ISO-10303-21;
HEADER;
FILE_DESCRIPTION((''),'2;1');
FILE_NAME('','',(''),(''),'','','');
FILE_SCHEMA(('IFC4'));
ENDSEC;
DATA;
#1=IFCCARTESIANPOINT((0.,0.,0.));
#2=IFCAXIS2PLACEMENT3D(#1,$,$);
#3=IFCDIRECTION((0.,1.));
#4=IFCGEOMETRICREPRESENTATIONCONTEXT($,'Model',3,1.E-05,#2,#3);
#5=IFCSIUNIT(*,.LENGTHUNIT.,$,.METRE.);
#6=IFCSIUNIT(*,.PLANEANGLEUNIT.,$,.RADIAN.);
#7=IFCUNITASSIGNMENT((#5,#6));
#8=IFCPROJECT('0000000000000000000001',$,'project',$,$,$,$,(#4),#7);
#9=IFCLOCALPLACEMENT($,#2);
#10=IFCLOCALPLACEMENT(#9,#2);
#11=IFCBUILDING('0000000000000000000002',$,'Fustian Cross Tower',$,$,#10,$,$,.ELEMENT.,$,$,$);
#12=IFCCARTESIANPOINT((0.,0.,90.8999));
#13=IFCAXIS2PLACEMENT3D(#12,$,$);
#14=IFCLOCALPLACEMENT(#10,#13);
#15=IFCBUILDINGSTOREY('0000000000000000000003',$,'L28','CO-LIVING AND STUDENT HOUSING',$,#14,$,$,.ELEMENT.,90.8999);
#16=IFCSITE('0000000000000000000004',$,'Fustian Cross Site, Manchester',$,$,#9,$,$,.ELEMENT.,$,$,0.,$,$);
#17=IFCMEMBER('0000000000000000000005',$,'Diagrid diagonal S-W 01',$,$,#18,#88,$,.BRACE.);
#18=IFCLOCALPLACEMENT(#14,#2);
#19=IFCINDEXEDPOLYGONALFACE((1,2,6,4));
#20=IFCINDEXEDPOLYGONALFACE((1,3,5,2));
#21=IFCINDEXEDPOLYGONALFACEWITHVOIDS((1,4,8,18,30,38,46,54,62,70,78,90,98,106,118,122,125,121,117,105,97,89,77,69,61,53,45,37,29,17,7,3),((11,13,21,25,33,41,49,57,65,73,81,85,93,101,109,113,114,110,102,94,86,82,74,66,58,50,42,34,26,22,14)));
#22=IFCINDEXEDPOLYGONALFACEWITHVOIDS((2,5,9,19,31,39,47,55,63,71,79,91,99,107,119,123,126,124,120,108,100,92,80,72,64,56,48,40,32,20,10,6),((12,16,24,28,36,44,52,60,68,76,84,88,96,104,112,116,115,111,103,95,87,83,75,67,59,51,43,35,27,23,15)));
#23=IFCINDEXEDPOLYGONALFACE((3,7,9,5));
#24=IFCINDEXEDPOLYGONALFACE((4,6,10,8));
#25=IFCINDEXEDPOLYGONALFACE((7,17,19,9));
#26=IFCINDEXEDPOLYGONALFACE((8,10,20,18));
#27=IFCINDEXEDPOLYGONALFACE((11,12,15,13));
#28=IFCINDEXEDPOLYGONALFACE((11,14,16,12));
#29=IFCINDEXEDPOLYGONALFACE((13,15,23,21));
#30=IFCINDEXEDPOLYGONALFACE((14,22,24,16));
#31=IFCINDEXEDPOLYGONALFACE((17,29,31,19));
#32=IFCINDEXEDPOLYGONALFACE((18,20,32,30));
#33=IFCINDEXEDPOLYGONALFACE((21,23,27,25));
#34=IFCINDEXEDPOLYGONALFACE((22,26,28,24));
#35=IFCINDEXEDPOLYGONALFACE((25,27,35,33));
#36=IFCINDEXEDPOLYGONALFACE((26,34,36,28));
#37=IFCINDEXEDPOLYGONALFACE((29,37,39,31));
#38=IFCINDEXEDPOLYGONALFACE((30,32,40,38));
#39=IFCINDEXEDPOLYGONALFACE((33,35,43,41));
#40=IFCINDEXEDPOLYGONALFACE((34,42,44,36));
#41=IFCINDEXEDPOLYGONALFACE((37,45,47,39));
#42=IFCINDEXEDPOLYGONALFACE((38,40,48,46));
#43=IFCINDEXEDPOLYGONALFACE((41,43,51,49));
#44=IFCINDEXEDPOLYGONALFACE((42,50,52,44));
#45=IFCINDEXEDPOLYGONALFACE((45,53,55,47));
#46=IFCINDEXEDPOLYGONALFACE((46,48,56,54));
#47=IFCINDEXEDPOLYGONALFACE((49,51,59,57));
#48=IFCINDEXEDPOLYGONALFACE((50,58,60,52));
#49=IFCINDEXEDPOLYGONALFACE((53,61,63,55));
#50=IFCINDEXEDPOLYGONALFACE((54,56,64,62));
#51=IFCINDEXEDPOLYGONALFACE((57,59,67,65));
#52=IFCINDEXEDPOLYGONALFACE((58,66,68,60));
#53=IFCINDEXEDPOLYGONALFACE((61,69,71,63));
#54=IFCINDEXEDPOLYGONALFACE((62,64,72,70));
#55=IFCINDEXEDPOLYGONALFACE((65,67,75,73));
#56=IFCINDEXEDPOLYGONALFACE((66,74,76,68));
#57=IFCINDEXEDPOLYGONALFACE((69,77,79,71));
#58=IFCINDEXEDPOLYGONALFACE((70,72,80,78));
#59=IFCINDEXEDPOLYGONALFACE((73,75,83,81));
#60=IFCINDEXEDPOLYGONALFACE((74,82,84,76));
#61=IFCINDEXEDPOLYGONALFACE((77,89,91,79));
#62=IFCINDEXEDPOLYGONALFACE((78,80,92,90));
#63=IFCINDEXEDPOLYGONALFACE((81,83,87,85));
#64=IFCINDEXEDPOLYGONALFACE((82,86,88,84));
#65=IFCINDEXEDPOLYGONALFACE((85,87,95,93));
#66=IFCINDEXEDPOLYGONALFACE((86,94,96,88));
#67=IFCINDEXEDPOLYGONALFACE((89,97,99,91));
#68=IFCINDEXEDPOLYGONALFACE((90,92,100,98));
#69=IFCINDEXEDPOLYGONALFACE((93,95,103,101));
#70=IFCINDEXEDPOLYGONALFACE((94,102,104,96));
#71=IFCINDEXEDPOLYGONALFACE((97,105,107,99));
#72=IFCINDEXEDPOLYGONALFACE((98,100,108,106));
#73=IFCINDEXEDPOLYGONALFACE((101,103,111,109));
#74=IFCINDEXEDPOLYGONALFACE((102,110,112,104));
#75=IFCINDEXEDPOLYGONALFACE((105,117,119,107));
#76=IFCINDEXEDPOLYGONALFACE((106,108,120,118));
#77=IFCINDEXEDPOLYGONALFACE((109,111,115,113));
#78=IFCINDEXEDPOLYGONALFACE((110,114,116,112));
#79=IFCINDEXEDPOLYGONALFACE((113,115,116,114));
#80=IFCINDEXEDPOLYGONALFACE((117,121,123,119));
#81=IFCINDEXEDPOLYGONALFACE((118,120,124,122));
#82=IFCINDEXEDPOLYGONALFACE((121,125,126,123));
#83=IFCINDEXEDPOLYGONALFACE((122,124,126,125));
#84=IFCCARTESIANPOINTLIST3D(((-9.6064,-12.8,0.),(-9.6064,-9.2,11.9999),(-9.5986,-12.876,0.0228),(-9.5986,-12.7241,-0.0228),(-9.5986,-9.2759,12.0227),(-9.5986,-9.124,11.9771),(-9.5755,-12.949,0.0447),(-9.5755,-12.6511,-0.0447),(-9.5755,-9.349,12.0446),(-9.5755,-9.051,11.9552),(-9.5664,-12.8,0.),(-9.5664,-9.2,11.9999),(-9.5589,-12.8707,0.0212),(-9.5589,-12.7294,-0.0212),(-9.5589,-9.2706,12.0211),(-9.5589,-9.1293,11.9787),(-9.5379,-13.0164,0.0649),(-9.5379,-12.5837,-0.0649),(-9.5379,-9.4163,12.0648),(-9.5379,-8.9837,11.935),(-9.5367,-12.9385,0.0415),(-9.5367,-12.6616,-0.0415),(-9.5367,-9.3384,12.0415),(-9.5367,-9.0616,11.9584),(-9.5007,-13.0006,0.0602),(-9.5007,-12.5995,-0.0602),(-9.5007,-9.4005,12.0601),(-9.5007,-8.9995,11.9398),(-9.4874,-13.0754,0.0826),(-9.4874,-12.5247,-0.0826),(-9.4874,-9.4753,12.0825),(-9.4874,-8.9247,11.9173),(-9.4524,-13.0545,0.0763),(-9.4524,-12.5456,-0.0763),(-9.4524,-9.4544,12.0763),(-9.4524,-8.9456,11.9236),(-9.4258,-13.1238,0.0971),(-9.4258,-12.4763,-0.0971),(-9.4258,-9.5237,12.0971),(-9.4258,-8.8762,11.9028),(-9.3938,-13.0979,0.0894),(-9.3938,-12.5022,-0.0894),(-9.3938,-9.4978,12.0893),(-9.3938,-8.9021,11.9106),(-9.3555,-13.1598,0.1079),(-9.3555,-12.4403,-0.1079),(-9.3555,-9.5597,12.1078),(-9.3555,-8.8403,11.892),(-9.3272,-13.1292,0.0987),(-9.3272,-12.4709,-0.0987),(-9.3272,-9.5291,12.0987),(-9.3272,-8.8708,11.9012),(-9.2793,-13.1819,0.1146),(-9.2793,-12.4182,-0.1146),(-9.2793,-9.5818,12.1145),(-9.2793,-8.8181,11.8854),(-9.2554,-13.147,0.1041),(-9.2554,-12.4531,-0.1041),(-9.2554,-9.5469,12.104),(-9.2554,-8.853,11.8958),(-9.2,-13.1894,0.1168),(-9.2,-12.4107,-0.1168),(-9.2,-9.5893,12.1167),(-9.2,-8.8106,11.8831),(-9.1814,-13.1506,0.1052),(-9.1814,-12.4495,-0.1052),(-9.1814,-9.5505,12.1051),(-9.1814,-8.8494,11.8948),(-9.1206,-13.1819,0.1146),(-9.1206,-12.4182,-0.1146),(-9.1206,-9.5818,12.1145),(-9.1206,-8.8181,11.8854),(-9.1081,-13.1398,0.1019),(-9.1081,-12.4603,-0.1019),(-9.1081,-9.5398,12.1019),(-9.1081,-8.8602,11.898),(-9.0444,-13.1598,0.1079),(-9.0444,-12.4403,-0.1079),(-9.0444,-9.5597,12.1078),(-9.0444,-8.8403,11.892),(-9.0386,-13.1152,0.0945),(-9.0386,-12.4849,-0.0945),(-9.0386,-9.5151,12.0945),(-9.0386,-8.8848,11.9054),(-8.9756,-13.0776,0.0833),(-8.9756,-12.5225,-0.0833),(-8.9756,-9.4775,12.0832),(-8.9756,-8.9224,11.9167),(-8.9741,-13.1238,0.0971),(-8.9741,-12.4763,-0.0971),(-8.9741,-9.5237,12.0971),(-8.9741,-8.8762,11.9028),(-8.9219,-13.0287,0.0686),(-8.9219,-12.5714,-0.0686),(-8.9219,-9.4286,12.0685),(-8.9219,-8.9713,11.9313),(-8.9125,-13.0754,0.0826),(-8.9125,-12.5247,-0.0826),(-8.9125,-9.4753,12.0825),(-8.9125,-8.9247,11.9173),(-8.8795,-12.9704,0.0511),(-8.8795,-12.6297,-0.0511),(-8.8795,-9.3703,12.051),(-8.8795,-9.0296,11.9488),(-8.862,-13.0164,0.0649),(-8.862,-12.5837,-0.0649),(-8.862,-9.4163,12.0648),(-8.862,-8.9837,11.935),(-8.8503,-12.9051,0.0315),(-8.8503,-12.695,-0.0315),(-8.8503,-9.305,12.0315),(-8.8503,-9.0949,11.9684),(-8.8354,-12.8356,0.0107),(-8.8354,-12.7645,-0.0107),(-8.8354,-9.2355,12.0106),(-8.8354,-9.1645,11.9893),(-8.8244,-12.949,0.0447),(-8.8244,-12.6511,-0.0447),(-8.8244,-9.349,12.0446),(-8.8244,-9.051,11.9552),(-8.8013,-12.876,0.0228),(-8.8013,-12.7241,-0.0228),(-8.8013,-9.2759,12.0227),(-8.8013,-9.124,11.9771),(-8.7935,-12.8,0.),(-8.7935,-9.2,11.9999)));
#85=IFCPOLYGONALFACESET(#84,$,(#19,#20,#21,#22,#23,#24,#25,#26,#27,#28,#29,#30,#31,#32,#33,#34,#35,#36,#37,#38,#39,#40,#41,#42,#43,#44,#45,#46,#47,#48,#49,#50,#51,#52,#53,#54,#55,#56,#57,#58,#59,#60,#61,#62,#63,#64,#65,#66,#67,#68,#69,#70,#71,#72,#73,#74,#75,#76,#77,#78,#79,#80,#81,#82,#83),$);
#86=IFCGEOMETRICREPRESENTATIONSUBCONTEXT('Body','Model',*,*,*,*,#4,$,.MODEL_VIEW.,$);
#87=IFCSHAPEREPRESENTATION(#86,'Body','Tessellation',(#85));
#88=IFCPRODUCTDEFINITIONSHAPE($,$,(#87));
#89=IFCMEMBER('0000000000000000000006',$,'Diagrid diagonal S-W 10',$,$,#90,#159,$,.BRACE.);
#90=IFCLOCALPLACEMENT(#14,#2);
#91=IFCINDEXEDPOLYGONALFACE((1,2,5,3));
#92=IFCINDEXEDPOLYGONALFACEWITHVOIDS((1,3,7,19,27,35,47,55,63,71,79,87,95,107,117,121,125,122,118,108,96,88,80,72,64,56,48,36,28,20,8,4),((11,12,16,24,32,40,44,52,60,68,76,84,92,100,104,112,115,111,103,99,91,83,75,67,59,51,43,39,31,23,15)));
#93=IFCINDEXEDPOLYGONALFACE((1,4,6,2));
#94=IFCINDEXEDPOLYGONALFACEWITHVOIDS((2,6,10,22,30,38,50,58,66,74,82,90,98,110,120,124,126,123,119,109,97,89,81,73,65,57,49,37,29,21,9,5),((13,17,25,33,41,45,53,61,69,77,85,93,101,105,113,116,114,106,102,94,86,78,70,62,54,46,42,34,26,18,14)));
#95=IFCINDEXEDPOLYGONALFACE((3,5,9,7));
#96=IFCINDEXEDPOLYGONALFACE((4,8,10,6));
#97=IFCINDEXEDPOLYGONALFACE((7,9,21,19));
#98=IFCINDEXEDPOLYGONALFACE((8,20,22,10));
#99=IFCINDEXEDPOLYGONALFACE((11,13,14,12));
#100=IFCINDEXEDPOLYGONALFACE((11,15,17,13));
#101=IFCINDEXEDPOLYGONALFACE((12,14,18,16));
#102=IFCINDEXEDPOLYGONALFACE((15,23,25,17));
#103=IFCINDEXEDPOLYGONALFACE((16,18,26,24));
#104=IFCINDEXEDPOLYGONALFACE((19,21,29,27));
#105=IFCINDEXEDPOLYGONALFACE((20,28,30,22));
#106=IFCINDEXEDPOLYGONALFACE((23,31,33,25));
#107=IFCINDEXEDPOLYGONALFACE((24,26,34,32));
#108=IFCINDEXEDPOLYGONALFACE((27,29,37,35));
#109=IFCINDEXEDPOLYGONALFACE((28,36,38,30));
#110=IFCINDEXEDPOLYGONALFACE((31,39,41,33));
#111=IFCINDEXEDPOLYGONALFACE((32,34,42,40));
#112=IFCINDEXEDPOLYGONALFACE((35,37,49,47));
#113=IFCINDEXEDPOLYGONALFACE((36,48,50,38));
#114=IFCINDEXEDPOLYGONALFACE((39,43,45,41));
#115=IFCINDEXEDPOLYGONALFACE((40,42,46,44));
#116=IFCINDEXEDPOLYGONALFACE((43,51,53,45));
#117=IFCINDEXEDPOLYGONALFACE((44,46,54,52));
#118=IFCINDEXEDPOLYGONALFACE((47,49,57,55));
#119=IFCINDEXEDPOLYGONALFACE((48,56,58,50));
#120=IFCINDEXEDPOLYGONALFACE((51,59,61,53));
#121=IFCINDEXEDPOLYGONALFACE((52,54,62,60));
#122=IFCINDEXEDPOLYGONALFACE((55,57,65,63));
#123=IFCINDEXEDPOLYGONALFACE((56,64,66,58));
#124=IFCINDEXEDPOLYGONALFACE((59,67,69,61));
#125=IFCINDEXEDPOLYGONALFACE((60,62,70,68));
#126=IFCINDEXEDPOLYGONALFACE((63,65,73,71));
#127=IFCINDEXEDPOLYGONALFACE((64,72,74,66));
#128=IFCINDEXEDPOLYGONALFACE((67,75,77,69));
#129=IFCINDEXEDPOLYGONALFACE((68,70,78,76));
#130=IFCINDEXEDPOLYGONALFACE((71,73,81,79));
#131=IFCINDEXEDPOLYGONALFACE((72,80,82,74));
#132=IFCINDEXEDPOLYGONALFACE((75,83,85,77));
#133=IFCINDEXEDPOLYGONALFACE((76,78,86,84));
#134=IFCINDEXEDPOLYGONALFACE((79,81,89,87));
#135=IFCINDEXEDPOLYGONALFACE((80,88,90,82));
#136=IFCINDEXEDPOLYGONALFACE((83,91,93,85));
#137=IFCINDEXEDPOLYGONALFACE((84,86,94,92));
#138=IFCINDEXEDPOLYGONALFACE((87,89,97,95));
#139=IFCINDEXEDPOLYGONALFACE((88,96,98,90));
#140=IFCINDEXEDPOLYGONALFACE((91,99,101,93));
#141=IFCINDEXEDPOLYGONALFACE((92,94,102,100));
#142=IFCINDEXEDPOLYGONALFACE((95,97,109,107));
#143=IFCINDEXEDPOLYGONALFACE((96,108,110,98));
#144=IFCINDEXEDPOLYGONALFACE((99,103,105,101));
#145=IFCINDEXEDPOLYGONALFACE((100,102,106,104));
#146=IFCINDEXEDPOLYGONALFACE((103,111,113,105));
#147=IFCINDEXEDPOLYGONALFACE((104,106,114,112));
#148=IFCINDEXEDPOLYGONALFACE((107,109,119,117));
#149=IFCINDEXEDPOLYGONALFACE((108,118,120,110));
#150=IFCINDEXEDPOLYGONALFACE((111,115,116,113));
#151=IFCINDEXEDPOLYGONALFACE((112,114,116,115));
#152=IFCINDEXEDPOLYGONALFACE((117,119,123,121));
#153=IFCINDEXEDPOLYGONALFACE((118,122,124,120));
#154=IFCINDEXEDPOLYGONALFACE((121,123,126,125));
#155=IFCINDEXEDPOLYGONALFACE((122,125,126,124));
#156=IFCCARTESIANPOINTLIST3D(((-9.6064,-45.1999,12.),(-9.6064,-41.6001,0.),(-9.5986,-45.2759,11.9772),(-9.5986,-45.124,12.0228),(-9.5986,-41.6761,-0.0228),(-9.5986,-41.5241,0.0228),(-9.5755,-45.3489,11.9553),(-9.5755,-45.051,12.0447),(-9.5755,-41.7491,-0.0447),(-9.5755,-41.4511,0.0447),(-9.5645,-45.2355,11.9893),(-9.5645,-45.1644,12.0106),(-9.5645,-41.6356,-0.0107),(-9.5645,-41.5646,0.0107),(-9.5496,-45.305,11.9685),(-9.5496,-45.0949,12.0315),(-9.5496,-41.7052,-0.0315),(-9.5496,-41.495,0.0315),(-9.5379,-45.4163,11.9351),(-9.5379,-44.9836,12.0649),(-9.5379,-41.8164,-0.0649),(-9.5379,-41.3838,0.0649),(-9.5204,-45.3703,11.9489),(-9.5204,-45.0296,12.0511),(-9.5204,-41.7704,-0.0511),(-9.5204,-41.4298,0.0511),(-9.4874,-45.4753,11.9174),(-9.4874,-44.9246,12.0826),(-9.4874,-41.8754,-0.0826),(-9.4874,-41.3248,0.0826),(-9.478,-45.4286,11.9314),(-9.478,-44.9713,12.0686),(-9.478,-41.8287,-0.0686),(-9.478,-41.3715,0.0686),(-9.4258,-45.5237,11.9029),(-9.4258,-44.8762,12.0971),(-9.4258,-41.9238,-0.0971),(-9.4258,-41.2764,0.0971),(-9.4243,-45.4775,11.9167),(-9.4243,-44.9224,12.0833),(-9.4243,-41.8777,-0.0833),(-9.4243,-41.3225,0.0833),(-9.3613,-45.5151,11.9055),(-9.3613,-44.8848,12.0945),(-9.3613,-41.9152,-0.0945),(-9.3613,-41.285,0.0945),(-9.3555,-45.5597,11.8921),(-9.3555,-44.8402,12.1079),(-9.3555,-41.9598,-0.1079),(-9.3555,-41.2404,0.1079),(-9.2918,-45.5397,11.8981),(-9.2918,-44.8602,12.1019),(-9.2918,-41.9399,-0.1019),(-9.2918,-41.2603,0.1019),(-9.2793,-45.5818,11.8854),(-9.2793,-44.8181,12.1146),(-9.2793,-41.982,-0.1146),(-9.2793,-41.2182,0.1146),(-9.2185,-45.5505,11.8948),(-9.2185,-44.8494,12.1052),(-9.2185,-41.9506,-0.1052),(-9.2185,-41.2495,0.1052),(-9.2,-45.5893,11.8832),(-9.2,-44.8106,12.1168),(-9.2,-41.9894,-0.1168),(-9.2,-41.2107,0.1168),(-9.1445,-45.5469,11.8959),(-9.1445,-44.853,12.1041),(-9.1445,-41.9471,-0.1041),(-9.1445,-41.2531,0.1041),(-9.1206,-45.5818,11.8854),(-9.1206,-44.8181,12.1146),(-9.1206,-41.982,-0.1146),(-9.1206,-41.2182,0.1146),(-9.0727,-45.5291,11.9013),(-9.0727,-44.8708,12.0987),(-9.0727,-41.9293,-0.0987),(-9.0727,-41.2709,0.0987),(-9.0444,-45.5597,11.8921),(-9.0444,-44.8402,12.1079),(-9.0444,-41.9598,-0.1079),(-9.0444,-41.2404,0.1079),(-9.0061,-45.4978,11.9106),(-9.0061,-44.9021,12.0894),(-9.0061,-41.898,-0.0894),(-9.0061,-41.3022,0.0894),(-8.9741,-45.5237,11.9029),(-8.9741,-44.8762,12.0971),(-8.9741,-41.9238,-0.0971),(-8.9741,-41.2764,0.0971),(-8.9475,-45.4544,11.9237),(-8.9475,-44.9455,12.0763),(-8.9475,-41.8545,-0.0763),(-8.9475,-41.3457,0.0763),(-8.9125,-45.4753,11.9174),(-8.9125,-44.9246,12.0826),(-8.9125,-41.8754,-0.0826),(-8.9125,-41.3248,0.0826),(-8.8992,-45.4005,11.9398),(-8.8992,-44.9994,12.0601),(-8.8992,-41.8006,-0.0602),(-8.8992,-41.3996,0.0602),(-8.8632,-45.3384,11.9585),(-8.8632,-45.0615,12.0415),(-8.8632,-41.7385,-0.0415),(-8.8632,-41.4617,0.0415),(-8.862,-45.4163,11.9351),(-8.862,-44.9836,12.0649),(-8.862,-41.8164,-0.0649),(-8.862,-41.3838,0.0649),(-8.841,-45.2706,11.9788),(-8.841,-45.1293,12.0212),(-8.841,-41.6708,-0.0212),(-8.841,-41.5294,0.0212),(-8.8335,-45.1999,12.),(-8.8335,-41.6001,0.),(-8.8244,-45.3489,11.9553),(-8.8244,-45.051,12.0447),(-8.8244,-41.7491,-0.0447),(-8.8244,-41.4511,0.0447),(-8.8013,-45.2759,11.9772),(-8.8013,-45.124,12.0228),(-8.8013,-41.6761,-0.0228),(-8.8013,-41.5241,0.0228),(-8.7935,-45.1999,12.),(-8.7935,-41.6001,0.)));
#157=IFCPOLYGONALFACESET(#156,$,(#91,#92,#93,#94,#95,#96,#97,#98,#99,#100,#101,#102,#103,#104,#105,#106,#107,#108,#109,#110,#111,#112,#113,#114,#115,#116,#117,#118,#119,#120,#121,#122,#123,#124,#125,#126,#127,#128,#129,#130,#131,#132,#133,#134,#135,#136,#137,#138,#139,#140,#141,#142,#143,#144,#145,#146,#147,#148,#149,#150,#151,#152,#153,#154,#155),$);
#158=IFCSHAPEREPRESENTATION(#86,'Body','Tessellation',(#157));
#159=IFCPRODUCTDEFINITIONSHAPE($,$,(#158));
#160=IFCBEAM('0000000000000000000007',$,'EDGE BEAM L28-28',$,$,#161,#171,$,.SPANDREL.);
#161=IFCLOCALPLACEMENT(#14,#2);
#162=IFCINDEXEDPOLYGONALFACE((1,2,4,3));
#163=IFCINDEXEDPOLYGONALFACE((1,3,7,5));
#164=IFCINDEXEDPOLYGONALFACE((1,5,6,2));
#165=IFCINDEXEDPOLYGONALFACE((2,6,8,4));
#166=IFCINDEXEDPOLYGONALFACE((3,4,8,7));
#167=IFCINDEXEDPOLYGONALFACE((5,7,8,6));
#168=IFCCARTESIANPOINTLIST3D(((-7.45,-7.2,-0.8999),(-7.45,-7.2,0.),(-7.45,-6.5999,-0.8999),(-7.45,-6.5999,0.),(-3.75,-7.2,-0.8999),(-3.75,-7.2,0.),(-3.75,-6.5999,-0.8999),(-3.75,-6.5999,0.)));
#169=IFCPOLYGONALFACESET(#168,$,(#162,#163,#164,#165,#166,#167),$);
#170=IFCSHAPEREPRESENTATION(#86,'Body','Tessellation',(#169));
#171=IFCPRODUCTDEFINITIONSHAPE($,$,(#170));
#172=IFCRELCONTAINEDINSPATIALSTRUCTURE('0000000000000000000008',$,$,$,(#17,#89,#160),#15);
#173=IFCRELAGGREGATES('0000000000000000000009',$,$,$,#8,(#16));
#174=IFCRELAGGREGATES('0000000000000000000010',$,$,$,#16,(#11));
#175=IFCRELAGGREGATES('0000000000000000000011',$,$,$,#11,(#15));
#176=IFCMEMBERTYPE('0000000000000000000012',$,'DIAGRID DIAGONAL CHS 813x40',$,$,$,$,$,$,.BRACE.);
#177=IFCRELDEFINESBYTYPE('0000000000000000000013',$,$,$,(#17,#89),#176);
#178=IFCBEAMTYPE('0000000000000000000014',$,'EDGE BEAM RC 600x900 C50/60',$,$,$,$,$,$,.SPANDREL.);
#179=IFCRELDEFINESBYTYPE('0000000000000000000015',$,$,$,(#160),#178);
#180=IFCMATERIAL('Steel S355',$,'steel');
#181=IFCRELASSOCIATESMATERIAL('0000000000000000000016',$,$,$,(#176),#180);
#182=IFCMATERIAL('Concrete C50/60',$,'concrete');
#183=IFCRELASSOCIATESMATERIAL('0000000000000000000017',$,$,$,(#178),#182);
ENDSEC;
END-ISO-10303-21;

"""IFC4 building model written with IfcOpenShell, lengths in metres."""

from ifc_helpers import new_model, si_unit, direction, frame, origin, origin_2d, place, context, subcontext, project, spatial, rectangle, hollow_circle, extrude, material, material_profile, profile_set, type_object, element, save


model = new_model("IFC4")

# Units and contexts
model_context = context("Model", 3, precision=1e-05, world=origin(), true_north=direction((0.0, 1.0)))
body_context = subcontext(model_context, "Body", "Model", "MODEL_VIEW")
ifc_project = project(units=[si_unit("LENGTHUNIT", "METRE"), si_unit("PLANEANGLEUNIT", "RADIAN")], contexts=[model_context])

# Site, building, storey
site_placement = place(None, origin())
site = spatial("IfcSite", under=ifc_project, at=site_placement, Name="Fustian Cross Site, Manchester", CompositionType="ELEMENT", RefElevation=0.0)
building_placement = place(site_placement, origin())
building = spatial("IfcBuilding", under=site, at=building_placement, Name="Fustian Cross Tower", CompositionType="ELEMENT")
storey_placement = place(building_placement, frame((0.0, 0.0, 90.8999)))
storey = spatial("IfcBuildingStorey", under=building, at=storey_placement, Name="L28", Description="CO-LIVING AND STUDENT HOUSING", CompositionType="ELEMENT", Elevation=90.8999)

# Members
ifc_material_1 = material(Name="Steel S355", Category="steel")
ifc_material_profile_1 = material_profile(ifc_material_1, hollow_circle(Radius=0.4065, WallThickness=0.04, at=origin_2d()), Name="CHS 813x40")
ifc_profile_set_1 = profile_set([ifc_material_profile_1], Name="Steel S355")
member_type_1 = type_object("IfcMemberType", Name="DIAGRID DIAGONAL CHS 813x40", PredefinedType="BRACE", material=ifc_profile_set_1)
for number, where, z_axis, x_axis, name in (
    (1, (-9.2, -12.8, 0.0), (0.0, 0.287355, 0.957824), (-1.0, 0.0, 0.0), "Diagrid diagonal S-W 01"),
    (2, (-9.2, -41.6001, 0.0), (0.0, -0.287337, 0.95783), (1.0, 0.0, 0.0), "Diagrid diagonal S-W 10"),
):
    element("IfcMember", number, at=place(storey_placement, frame(where, z_axis=z_axis, x_axis=x_axis)), inside=storey, type_object=member_type_1, Name=name, PredefinedType="BRACE", context=body_context, shape_type="SweptSolid", body=[
        extrude(hollow_circle(Radius=0.4065, WallThickness=0.04, at=origin_2d()), origin(), (0.0, 0.0, 1.0), 12.5283),
    ])

# Beam
ifc_material_2 = material(Name="Concrete C50/60", Category="concrete")
ifc_material_profile_2 = material_profile(ifc_material_2, rectangle(XDim=0.6001, YDim=0.8999, at=origin_2d()), Name="RC 600x900")
ifc_profile_set_2 = profile_set([ifc_material_profile_2], Name="Concrete C50/60")
beam_type = type_object("IfcBeamType", Name="EDGE BEAM RC 600x900 C50/60", PredefinedType="SPANDREL", material=ifc_profile_set_2)
beam_placement = place(storey_placement, frame((-7.45, -6.8999, -0.45), z_axis=(1.0, 0.0, 0.0), x_axis=(0.0, 1.0, 0.0)))
element("IfcBeam", 3, at=beam_placement, inside=storey, type_object=beam_type, Name="EDGE BEAM L28-28", PredefinedType="SPANDREL", context=body_context, shape_type="SweptSolid", body=[
    extrude(rectangle(XDim=0.6001, YDim=0.8999, at=origin_2d()), origin(), (0.0, 0.0, 1.0), 3.7),
])

save(model, "model.ifc")
